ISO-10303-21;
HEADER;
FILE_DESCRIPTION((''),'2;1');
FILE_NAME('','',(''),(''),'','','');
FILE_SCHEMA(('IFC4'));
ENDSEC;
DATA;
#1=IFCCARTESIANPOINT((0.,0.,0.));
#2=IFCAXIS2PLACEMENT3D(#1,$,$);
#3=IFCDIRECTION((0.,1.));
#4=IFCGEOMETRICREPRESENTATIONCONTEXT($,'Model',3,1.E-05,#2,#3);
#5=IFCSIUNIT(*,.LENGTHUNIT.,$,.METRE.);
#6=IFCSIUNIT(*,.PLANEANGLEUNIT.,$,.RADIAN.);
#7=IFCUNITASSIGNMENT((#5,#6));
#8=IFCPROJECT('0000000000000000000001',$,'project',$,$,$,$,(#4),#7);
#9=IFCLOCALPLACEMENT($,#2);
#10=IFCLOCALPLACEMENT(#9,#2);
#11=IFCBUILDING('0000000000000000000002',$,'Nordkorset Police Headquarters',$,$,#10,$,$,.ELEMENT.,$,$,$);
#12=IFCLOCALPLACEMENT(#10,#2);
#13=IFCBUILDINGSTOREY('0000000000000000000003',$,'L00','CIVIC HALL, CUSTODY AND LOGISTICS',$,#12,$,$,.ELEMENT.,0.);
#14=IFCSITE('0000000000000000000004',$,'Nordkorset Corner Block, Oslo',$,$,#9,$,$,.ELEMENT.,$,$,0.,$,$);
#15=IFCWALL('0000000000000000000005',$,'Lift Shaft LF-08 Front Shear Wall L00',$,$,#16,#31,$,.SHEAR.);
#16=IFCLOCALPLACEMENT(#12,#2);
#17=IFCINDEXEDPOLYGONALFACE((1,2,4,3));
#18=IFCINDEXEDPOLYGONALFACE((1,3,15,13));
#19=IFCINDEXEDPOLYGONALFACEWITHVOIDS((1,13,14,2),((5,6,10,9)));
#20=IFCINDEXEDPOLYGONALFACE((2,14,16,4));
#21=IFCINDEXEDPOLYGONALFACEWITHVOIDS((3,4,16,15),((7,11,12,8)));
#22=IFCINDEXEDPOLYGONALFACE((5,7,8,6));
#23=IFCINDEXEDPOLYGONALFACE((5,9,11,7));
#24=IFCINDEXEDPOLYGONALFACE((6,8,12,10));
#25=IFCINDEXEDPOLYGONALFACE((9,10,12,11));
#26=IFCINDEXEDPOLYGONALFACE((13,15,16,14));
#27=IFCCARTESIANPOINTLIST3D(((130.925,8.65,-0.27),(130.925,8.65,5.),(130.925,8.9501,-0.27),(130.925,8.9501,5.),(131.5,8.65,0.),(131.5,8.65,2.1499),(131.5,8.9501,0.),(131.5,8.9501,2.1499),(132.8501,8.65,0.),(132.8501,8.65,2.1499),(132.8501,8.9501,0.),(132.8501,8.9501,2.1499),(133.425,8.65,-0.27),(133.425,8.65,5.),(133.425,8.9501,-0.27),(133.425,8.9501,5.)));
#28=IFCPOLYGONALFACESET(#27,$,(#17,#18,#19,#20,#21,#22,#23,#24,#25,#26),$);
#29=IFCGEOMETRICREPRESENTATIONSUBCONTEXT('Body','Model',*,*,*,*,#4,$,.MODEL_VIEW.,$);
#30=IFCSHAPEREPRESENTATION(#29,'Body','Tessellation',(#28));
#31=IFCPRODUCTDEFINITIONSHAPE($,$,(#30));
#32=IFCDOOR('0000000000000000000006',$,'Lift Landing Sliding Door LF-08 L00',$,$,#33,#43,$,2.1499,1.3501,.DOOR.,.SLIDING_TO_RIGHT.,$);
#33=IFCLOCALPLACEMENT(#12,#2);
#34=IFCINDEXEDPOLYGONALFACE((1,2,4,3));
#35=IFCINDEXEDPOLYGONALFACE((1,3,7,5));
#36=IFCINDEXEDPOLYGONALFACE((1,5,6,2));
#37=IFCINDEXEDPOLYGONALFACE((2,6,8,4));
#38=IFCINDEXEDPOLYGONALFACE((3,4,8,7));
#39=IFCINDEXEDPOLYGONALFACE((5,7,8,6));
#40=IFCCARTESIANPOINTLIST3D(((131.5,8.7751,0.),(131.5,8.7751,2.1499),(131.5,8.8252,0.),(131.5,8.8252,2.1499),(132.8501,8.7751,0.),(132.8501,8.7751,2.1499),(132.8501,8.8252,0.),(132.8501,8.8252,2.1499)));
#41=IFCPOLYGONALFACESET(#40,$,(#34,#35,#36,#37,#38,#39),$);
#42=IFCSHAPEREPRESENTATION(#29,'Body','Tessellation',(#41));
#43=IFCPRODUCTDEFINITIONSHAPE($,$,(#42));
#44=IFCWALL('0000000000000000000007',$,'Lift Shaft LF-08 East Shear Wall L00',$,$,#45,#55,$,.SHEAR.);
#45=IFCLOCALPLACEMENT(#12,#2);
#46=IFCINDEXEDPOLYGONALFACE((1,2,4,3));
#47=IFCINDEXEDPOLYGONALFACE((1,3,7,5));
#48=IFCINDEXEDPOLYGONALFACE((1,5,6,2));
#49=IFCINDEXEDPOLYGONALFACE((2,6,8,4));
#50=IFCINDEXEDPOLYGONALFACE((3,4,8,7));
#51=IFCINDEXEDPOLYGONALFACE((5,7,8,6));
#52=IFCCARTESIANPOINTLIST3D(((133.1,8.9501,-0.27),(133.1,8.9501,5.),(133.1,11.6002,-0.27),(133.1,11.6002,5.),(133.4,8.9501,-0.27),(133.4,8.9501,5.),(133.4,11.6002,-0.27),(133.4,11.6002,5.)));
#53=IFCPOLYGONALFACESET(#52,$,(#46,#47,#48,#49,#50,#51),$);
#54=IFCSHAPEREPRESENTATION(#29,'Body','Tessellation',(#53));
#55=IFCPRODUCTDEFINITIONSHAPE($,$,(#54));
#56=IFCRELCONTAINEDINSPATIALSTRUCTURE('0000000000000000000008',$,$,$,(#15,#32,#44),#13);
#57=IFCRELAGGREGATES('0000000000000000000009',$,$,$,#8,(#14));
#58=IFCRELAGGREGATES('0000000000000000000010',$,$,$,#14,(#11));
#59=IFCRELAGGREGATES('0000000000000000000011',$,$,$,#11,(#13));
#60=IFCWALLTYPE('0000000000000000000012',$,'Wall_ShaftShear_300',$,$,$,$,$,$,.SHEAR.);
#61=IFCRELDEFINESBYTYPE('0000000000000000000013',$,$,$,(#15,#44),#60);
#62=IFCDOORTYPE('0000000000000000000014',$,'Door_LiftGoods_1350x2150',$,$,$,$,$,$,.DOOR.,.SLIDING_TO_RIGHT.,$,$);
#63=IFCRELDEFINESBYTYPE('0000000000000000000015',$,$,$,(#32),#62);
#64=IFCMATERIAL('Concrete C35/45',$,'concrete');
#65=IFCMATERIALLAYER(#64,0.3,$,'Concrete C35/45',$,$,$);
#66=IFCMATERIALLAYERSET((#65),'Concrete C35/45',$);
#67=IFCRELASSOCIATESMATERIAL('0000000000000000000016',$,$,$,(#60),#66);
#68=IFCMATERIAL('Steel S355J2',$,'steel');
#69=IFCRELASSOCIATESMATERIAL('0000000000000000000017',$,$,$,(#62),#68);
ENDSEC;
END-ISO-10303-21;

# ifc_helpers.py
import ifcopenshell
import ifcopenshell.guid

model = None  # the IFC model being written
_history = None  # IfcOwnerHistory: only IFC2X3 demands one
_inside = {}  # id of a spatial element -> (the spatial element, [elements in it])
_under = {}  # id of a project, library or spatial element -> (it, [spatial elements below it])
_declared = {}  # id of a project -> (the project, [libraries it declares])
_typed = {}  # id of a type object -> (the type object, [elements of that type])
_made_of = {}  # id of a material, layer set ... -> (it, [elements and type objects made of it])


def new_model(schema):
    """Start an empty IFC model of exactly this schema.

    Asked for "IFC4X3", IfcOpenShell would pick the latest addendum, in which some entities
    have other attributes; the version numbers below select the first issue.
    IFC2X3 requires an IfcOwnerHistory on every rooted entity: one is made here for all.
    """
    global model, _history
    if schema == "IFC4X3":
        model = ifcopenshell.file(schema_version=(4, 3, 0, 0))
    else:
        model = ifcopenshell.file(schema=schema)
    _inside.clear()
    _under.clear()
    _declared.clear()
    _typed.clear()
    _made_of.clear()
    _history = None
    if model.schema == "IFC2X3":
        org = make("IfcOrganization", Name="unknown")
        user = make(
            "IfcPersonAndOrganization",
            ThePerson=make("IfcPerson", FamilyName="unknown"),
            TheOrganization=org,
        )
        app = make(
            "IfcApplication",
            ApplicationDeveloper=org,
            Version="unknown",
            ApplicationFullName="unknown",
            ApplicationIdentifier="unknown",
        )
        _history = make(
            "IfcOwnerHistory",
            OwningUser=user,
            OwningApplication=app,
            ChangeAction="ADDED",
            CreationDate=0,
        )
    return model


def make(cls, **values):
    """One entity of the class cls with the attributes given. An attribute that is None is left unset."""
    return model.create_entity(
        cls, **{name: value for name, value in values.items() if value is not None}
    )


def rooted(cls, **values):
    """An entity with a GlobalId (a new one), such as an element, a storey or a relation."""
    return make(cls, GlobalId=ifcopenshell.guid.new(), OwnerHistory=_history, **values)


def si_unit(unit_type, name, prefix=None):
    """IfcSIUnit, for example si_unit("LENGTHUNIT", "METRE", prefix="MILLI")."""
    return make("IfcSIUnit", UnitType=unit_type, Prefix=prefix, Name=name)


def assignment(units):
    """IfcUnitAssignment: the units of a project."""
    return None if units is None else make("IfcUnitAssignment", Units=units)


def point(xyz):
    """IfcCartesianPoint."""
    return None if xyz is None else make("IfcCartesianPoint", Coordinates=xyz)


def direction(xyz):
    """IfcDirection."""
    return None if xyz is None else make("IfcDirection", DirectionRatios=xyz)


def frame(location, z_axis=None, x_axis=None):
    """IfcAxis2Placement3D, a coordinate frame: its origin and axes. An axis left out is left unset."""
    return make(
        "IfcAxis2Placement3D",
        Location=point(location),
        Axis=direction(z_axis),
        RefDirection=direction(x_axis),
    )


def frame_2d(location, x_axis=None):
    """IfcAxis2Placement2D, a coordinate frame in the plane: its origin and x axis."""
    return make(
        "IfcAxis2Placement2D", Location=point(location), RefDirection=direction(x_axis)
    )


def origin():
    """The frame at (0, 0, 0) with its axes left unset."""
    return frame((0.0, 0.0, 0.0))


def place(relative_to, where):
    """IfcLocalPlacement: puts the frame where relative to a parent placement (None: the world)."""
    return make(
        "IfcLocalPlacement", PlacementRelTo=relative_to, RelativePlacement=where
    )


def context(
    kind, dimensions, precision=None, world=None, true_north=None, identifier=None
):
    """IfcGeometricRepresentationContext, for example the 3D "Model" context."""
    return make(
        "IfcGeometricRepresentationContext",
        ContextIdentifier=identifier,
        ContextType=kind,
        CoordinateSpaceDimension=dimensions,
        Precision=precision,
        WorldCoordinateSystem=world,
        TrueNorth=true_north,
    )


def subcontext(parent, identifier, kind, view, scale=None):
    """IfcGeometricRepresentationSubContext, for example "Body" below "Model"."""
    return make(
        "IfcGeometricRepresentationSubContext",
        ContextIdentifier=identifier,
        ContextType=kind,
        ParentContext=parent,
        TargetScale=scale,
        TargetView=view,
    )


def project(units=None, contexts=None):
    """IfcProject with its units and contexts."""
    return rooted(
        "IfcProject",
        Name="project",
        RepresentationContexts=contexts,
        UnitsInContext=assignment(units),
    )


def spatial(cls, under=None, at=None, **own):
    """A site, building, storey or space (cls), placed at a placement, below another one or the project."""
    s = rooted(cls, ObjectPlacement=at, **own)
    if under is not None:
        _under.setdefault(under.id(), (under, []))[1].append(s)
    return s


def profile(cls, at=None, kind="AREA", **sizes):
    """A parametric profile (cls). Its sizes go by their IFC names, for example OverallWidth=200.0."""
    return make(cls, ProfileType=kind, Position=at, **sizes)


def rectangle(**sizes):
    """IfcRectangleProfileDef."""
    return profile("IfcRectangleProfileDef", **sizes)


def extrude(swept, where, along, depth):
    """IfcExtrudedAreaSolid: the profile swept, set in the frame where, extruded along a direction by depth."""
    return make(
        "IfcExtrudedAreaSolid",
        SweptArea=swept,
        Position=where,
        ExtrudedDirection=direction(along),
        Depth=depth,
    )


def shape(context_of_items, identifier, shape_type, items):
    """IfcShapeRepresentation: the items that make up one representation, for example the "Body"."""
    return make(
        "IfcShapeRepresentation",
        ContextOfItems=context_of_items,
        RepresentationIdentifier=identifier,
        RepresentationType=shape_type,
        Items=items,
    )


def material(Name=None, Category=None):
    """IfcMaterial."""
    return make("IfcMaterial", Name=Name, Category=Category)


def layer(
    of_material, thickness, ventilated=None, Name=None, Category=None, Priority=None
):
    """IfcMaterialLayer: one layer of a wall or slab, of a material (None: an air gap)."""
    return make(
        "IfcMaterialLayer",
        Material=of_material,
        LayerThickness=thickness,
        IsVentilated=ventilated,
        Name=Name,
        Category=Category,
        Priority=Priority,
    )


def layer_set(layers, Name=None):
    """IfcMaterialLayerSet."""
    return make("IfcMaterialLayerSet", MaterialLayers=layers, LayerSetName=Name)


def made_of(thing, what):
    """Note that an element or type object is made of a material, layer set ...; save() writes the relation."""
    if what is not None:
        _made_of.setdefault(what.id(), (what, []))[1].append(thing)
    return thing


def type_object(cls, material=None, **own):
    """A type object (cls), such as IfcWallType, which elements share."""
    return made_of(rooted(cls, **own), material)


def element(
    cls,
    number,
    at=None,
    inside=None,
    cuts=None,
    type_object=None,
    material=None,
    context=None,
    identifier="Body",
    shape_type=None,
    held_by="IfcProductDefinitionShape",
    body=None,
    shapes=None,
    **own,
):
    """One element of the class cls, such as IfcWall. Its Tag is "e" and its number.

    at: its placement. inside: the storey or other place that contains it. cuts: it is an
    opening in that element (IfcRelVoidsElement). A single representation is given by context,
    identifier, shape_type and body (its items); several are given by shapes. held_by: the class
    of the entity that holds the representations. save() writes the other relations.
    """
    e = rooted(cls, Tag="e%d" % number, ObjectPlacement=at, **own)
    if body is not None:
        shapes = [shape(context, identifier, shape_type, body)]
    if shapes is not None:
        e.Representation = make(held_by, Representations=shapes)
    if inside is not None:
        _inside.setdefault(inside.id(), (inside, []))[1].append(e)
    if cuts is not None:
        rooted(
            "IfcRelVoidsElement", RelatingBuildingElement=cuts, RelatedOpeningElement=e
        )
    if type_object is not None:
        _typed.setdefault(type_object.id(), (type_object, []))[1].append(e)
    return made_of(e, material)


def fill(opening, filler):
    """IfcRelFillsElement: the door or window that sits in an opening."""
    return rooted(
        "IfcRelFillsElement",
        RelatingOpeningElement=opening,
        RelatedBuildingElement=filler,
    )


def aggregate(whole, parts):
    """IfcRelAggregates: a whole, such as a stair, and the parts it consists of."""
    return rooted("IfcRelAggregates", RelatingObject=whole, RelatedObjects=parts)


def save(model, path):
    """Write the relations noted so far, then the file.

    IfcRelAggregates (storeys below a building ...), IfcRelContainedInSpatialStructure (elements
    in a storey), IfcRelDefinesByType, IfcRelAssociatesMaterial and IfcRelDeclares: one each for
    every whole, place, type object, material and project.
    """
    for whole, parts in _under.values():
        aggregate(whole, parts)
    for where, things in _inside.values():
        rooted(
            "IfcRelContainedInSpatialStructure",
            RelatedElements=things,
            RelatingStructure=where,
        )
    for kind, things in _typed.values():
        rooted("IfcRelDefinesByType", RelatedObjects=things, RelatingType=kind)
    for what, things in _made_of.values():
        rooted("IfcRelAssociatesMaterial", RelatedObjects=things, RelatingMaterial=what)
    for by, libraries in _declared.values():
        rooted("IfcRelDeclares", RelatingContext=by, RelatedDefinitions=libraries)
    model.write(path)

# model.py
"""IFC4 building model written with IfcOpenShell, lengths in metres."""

from ifc_helpers import new_model, si_unit, direction, frame, frame_2d, origin, place, context, subcontext, project, spatial, rectangle, extrude, material, layer, layer_set, type_object, element, fill, save


model = new_model("IFC4")

# Units and contexts
model_context = context("Model", 3, precision=1e-05, world=origin(), true_north=direction((0.0, 1.0)))
body_context = subcontext(model_context, "Body", "Model", "MODEL_VIEW")
ifc_project = project(units=[si_unit("LENGTHUNIT", "METRE"), si_unit("PLANEANGLEUNIT", "RADIAN")], contexts=[model_context])

# Site, building, storey
site_placement = place(None, origin())
site = spatial("IfcSite", under=ifc_project, at=site_placement, Name="Nordkorset Corner Block, Oslo", CompositionType="ELEMENT", RefElevation=0.0)
building_placement = place(site_placement, origin())
building = spatial("IfcBuilding", under=site, at=building_placement, Name="Nordkorset Police Headquarters", CompositionType="ELEMENT")
storey_placement = place(building_placement, origin())
storey = spatial("IfcBuildingStorey", under=building, at=storey_placement, Name="L00", Description="CIVIC HALL, CUSTODY AND LOGISTICS", CompositionType="ELEMENT", Elevation=0.0)

# Wall, opening, door
ifc_material_1 = material(Name="Concrete C35/45", Category="concrete")
ifc_layer_1 = layer(ifc_material_1, 0.3, Name="Concrete C35/45")
ifc_layer_set_1 = layer_set([ifc_layer_1], Name="Concrete C35/45")
wall_type_1 = type_object("IfcWallType", Name="Wall_ShaftShear_300", PredefinedType="SHEAR", material=ifc_layer_set_1)
wall_1_placement = place(storey_placement, frame((130.925, 8.8, -0.27), z_axis=(0.0, 0.0, 1.0), x_axis=(1.0, 0.0, 0.0)))
wall_1 = element("IfcWall", 1, at=wall_1_placement, inside=storey, type_object=wall_type_1, Name="Lift Shaft LF-08 Front Shear Wall L00", PredefinedType="SHEAR", context=body_context, shape_type="SweptSolid", body=[
    extrude(rectangle(XDim=2.5, YDim=0.3, at=frame_2d((1.25, 0.0))), origin(), (0.0, 0.0, 1.0), 5.27),
])
opening_1_placement = place(wall_1_placement, frame((0.575, 0.0, 0.27)))
opening_1 = element("IfcOpeningElement", 2, at=opening_1_placement, cuts=wall_1, PredefinedType="OPENING", context=body_context, shape_type="SweptSolid", body=[
    extrude(rectangle(XDim=1.3501, YDim=2.1499, at=frame_2d((0.675, 1.075))), frame((0.0, 0.1602, 0.0), z_axis=(0.0, -1.0, 0.0), x_axis=(1.0, 0.0, 0.0)), (0.0, 0.0, 1.0), 0.3201),
])
ifc_material_2 = material(Name="Steel S355J2", Category="steel")
door_type_1 = type_object("IfcDoorType", Name="Door_LiftGoods_1350x2150", OperationType="SLIDING_TO_RIGHT", PredefinedType="DOOR", material=ifc_material_2)
door_1_placement = place(opening_1_placement, frame((1.3501, 0.0, 0.0), z_axis=(0.0, 0.0, 1.0), x_axis=(-1.0, 0.0, 0.0)))
door_1 = element("IfcDoor", 3, at=door_1_placement, inside=storey, type_object=door_type_1, Name="Lift Landing Sliding Door LF-08 L00", OperationType="SLIDING_TO_RIGHT", OverallHeight=2.1499, OverallWidth=1.3501, PredefinedType="DOOR", context=body_context, shape_type="SweptSolid", body=[
    extrude(rectangle(XDim=1.3501, YDim=2.1499, at=frame_2d((0.675, 1.075))), frame((0.0, 0.0249, 0.0), z_axis=(0.0, -1.0, 0.0), x_axis=(1.0, 0.0, 0.0)), (0.0, 0.0, 1.0), 0.05),
])
fill(opening_1, door_1)

# Wall
wall_2_placement = place(storey_placement, frame((133.25, 8.95, -0.27), z_axis=(0.0, 0.0, 1.0), x_axis=(0.0, 1.0, 0.0)))
element("IfcWall", 4, at=wall_2_placement, inside=storey, type_object=wall_type_1, Name="Lift Shaft LF-08 East Shear Wall L00", PredefinedType="SHEAR", context=body_context, shape_type="SweptSolid", body=[
    extrude(rectangle(XDim=2.6501, YDim=0.3, at=frame_2d((1.3252, 0.0))), origin(), (0.0, 0.0, 1.0), 5.27),
])

save(model, "model.ifc")
